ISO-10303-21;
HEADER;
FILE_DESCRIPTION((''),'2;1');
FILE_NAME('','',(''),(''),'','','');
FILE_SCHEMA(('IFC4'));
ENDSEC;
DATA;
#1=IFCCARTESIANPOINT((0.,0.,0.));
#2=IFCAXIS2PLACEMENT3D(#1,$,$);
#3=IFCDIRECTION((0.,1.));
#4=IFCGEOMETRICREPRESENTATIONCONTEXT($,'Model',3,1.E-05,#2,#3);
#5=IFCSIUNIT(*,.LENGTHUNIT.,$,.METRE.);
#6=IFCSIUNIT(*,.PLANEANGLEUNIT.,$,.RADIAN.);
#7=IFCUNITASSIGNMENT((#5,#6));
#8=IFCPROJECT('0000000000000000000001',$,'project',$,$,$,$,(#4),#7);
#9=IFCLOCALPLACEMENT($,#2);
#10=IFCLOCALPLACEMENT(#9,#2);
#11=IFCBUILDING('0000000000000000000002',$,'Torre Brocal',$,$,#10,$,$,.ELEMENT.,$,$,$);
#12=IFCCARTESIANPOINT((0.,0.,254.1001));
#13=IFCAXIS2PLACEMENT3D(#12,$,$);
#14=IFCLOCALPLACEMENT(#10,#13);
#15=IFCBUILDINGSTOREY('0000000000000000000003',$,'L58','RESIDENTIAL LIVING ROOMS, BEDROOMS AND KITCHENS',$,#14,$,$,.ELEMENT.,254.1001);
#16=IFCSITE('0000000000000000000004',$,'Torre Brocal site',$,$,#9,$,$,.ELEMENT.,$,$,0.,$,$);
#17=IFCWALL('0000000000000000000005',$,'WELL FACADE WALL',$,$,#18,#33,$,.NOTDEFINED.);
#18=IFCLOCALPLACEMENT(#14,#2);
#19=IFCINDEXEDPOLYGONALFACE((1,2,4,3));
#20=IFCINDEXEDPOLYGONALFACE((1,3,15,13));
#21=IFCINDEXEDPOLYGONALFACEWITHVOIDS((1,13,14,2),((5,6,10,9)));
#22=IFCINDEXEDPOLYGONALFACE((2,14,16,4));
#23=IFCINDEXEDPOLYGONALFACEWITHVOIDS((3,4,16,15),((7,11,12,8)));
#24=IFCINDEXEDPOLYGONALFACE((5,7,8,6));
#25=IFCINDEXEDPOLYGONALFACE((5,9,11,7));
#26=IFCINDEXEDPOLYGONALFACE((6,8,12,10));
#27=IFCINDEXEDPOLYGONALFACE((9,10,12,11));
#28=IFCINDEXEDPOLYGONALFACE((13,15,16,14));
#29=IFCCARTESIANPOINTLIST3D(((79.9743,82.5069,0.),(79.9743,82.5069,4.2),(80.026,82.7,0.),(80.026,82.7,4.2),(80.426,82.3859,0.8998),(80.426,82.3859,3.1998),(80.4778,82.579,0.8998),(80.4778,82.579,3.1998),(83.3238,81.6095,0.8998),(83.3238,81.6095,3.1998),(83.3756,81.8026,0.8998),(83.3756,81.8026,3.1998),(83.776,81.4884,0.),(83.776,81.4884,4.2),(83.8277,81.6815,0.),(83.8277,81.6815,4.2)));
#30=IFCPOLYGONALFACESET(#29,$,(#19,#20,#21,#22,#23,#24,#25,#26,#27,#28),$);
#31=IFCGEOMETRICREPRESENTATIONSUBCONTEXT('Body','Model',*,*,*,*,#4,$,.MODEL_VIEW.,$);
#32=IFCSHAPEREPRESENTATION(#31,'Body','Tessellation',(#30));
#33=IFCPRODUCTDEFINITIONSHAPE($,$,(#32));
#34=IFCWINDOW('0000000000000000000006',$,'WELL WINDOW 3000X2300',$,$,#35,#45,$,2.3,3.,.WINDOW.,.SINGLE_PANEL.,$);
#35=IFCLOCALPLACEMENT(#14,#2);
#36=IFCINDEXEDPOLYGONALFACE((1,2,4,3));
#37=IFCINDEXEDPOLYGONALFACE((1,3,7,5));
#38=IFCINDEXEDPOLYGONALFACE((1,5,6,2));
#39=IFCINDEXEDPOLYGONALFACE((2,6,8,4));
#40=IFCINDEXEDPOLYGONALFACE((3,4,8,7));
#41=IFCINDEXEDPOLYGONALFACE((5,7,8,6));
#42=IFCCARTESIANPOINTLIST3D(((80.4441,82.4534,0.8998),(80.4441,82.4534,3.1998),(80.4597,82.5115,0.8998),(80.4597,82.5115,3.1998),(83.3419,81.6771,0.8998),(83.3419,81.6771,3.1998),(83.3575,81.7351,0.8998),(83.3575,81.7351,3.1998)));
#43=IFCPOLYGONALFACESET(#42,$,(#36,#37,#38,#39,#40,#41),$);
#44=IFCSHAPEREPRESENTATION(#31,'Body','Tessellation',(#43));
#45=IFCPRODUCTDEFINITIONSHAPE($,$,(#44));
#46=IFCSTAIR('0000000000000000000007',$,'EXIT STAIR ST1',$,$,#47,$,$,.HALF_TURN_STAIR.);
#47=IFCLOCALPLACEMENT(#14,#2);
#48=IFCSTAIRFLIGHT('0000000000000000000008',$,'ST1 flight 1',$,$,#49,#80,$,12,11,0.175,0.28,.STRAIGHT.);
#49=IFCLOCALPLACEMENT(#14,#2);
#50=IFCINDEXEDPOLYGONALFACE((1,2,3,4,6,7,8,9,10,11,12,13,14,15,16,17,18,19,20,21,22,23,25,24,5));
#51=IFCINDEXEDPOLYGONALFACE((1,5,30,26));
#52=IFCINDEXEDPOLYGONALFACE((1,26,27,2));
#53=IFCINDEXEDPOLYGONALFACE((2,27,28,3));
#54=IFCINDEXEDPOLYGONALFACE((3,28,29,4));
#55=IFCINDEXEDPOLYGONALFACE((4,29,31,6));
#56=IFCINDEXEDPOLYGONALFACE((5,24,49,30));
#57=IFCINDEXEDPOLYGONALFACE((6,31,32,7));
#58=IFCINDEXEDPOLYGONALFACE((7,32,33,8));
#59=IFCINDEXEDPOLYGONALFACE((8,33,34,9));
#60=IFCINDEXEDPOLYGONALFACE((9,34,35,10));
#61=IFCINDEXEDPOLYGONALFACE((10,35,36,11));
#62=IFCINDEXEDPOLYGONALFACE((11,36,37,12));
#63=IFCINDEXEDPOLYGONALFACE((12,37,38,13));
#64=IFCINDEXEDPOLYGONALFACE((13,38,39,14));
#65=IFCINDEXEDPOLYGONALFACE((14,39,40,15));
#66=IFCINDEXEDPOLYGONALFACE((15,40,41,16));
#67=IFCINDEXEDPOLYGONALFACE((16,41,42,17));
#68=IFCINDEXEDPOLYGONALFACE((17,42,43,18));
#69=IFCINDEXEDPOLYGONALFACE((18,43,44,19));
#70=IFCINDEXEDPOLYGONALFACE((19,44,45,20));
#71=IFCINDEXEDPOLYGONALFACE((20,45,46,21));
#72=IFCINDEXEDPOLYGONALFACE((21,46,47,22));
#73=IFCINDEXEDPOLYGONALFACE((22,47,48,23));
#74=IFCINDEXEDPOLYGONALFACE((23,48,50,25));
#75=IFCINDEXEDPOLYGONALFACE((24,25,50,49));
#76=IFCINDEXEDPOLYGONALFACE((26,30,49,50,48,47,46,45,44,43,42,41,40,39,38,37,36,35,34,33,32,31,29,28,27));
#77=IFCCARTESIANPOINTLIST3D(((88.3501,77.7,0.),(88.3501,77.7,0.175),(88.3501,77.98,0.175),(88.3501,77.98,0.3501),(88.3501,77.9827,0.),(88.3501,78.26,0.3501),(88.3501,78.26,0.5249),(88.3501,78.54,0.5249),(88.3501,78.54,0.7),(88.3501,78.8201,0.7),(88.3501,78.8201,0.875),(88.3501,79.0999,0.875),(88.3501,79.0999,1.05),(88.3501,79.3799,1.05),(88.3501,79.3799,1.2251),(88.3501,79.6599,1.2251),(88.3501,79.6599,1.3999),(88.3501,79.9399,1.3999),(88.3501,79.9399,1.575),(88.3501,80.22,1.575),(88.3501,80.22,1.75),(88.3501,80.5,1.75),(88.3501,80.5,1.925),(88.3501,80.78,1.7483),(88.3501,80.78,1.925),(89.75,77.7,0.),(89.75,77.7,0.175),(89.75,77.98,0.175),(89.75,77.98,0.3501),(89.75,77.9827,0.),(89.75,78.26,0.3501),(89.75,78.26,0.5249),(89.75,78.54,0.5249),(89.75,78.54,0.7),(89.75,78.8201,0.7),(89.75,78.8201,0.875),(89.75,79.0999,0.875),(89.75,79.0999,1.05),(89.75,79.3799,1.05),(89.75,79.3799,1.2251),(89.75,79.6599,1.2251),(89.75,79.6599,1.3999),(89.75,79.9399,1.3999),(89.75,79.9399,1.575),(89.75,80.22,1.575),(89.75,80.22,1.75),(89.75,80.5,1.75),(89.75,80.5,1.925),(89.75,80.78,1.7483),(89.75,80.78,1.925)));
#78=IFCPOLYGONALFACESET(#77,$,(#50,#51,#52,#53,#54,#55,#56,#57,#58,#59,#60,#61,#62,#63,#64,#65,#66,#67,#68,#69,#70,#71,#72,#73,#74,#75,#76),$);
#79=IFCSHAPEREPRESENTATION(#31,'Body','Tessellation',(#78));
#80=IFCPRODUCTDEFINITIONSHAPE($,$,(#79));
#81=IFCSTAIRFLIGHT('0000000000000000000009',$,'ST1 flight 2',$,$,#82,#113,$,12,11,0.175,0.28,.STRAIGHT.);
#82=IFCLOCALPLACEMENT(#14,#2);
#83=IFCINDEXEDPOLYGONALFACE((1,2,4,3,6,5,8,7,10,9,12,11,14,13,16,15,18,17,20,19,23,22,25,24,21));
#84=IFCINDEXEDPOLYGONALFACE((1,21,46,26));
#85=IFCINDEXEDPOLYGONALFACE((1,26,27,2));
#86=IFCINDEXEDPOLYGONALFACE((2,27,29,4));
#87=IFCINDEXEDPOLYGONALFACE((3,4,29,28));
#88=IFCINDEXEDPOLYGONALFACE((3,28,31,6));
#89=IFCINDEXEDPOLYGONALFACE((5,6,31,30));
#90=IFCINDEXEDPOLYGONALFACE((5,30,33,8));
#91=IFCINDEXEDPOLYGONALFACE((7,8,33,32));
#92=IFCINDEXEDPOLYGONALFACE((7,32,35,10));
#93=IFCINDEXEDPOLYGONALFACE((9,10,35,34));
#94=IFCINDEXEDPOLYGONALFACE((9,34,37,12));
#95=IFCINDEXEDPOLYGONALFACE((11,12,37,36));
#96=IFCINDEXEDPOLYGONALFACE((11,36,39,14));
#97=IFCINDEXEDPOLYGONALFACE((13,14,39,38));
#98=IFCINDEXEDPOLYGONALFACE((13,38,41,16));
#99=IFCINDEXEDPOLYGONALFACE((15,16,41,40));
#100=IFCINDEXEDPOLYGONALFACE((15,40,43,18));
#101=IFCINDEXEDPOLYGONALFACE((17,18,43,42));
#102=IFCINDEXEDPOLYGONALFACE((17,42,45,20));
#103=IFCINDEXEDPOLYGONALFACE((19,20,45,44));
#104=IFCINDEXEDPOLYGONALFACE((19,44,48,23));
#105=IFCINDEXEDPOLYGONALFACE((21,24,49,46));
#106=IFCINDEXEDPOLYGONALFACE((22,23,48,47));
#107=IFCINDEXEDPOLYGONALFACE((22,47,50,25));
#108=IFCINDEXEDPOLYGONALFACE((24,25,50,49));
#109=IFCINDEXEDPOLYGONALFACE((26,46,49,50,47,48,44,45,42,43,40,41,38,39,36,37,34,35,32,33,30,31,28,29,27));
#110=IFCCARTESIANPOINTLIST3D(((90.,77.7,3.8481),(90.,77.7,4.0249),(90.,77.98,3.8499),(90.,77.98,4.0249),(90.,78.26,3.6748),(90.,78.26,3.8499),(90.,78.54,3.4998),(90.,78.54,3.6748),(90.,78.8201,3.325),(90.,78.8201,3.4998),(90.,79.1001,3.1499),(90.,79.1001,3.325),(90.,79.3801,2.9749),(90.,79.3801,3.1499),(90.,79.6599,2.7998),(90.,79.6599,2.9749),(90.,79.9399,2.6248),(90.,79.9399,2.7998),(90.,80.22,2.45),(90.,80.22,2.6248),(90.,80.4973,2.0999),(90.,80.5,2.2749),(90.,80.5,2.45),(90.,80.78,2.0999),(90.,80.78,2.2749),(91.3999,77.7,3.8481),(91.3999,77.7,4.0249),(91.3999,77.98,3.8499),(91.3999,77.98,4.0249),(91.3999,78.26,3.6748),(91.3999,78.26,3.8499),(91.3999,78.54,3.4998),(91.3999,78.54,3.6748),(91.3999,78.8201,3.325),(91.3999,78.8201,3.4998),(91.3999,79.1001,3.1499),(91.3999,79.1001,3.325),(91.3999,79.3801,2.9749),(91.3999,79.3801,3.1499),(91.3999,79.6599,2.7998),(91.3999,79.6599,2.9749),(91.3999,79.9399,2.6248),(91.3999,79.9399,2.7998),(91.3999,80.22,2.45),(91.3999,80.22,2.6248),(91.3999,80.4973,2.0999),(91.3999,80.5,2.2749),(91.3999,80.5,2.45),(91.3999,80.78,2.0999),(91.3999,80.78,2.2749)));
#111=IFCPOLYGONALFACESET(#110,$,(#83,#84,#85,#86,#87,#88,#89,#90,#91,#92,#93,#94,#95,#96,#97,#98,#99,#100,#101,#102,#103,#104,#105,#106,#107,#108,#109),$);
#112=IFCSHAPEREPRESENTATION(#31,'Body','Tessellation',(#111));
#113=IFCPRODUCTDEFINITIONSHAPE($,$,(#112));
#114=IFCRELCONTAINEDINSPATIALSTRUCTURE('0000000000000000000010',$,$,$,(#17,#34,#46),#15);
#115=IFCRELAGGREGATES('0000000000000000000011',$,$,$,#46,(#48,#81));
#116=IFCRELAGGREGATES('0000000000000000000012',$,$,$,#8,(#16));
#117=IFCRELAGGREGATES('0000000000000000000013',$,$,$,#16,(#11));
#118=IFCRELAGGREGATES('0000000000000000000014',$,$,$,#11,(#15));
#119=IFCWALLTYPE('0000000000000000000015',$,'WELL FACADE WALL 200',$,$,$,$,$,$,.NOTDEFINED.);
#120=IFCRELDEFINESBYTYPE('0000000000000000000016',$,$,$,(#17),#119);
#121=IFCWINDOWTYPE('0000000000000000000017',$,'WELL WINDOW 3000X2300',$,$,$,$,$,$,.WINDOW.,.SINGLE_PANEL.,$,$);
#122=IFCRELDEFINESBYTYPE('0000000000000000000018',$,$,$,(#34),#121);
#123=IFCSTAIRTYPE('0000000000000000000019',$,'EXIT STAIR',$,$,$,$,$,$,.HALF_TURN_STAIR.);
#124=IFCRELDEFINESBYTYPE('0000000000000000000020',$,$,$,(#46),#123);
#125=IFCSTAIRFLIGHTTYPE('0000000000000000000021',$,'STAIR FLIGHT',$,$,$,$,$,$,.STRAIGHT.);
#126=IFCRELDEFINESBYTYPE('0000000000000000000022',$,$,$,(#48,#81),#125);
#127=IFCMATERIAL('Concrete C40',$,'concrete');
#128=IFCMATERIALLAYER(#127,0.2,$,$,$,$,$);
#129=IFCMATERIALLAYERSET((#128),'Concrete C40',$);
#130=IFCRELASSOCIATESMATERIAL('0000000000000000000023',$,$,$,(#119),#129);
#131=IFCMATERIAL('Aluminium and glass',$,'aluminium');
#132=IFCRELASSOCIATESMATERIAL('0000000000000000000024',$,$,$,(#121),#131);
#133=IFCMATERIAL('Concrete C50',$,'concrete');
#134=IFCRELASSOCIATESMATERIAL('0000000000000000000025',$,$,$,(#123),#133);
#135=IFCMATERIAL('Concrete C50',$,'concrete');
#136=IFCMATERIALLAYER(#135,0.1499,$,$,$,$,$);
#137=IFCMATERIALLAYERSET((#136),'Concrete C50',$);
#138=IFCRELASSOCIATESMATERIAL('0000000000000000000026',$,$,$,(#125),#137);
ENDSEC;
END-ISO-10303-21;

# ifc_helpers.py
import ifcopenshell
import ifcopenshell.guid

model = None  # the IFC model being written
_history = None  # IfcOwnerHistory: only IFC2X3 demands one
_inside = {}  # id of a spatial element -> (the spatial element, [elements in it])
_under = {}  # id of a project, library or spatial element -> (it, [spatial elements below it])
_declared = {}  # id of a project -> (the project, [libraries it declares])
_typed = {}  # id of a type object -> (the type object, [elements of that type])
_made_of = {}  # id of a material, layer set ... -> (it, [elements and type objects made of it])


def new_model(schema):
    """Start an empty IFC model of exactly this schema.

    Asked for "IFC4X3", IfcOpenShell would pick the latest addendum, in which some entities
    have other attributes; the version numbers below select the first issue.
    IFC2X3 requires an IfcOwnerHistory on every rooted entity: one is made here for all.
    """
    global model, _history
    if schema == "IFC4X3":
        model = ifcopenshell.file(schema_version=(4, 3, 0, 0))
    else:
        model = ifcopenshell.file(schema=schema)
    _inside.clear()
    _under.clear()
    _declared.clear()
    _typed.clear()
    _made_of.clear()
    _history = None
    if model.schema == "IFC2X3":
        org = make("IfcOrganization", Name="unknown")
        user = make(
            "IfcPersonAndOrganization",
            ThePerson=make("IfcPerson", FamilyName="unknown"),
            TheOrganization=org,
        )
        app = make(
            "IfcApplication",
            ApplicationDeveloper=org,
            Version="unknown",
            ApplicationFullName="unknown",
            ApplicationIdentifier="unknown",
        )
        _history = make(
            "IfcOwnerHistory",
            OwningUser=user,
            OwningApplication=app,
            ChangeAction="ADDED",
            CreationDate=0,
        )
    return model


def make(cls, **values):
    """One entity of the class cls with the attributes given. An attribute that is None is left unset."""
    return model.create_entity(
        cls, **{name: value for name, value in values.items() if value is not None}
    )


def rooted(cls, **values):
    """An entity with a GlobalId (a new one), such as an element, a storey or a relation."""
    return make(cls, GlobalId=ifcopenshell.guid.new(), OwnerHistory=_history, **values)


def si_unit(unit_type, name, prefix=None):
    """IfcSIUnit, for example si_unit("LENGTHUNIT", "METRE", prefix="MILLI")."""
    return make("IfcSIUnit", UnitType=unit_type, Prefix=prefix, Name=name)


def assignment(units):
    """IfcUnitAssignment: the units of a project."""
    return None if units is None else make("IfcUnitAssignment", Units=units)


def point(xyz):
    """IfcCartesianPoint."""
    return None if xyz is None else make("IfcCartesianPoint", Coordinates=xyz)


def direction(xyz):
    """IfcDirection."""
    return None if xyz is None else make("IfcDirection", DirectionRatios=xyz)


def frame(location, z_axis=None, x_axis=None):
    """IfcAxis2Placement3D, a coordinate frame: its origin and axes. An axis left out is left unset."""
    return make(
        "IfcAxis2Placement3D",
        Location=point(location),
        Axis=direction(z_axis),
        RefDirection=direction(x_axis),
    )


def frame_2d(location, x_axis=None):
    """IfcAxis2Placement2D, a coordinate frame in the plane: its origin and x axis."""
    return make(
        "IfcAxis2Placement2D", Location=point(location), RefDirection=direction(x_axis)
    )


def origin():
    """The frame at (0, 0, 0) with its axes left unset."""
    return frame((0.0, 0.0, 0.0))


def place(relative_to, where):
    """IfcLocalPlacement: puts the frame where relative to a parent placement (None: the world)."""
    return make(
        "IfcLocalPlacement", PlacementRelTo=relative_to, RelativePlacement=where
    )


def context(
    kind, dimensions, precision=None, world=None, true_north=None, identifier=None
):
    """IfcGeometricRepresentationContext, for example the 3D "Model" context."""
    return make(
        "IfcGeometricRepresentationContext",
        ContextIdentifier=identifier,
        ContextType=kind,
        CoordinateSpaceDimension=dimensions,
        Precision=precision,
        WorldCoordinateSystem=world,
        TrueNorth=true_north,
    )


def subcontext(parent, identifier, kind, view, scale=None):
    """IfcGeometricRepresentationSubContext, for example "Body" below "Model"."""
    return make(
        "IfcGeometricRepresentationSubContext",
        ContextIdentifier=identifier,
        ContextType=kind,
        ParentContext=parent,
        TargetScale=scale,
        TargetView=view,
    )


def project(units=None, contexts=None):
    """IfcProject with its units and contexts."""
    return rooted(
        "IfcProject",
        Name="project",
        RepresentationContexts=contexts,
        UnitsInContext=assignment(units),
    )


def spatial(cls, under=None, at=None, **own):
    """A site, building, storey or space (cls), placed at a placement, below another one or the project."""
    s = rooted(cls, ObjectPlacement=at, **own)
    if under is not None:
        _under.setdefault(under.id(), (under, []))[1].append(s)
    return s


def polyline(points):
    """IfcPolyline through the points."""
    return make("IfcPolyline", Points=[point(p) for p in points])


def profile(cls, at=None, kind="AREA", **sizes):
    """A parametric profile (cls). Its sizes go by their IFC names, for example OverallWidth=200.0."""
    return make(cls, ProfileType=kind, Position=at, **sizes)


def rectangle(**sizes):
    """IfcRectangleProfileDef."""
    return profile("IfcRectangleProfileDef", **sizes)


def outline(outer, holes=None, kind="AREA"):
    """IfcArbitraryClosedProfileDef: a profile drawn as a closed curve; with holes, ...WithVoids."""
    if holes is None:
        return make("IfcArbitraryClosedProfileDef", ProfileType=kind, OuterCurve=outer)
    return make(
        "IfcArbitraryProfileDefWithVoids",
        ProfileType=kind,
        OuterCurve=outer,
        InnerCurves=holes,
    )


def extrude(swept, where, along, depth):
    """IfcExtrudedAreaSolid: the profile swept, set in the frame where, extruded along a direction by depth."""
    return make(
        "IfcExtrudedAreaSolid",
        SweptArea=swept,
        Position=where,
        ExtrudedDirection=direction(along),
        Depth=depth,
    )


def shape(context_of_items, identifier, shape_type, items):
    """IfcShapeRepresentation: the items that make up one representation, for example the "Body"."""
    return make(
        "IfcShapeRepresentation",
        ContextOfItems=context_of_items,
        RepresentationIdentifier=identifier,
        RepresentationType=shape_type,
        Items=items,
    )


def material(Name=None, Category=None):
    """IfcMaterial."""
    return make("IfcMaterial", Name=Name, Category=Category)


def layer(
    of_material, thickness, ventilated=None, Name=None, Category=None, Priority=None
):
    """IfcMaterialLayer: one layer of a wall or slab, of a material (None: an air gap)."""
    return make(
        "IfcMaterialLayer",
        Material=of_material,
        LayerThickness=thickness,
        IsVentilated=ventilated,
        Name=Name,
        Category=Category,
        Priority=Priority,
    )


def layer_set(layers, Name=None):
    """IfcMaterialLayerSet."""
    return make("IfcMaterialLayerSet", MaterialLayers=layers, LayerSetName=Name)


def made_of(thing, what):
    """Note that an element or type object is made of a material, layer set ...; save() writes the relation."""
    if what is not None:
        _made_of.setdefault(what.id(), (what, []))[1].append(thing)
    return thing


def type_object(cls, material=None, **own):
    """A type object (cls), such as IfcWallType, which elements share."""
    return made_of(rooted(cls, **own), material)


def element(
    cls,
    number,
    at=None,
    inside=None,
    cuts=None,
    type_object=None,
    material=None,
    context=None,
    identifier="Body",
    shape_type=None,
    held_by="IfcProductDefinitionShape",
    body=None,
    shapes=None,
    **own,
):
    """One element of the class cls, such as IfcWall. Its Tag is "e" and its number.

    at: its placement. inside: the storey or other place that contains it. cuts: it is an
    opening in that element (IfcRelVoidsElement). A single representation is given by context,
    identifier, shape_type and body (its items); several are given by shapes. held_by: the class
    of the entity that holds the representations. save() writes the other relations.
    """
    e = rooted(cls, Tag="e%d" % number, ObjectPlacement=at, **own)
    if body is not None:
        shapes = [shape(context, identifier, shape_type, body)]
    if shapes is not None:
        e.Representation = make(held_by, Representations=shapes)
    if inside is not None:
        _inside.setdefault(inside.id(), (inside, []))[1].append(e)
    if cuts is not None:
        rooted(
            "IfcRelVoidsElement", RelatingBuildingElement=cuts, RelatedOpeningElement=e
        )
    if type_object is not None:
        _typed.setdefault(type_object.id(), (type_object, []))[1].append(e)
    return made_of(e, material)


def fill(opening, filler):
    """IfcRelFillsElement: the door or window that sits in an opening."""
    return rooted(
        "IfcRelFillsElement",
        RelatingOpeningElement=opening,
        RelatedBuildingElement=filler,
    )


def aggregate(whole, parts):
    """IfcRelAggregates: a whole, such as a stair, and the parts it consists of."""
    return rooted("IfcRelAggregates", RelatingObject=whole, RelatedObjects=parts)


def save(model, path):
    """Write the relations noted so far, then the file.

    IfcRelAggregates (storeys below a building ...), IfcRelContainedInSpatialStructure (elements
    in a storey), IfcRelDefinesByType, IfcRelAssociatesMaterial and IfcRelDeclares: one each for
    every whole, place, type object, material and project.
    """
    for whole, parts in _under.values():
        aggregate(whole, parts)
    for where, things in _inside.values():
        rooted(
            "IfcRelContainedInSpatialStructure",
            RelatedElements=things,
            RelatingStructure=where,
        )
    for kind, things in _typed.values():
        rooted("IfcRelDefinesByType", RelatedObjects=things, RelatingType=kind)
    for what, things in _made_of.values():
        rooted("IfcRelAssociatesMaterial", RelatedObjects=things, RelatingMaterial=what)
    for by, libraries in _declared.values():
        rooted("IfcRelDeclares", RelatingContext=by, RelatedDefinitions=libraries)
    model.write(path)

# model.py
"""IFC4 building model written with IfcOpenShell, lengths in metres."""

from ifc_helpers import new_model, si_unit, direction, frame, frame_2d, origin, place, context, subcontext, project, spatial, polyline, rectangle, outline, extrude, material, layer, layer_set, type_object, element, fill, aggregate, save


model = new_model("IFC4")

# Units and contexts
model_context = context("Model", 3, precision=1e-05, world=origin(), true_north=direction((0.0, 1.0)))
body_context = subcontext(model_context, "Body", "Model", "MODEL_VIEW")
ifc_project = project(units=[si_unit("LENGTHUNIT", "METRE"), si_unit("PLANEANGLEUNIT", "RADIAN")], contexts=[model_context])

# Site, building, storey
site_placement = place(None, origin())
site = spatial("IfcSite", under=ifc_project, at=site_placement, Name="Torre Brocal site", CompositionType="ELEMENT", RefElevation=0.0)
building_placement = place(site_placement, origin())
building = spatial("IfcBuilding", under=site, at=building_placement, Name="Torre Brocal", CompositionType="ELEMENT")
storey_placement = place(building_placement, frame((0.0, 0.0, 254.1001)))
storey = spatial("IfcBuildingStorey", under=building, at=storey_placement, Name="L58", Description="RESIDENTIAL LIVING ROOMS, BEDROOMS AND KITCHENS", CompositionType="ELEMENT", Elevation=254.1001)

# Wall, opening, window
ifc_material_1 = material(Name="Concrete C40", Category="concrete")
ifc_layer_1 = layer(ifc_material_1, 0.2)
ifc_layer_set_1 = layer_set([ifc_layer_1], Name="Concrete C40")
wall_type_1 = type_object("IfcWallType", Name="WELL FACADE WALL 200", PredefinedType="NOTDEFINED", material=ifc_layer_set_1)
ifc_material_2 = material(Name="Aluminium and glass", Category="aluminium")
window_type = type_object("IfcWindowType", Name="WELL WINDOW 3000X2300", PartitioningType="SINGLE_PANEL", PredefinedType="WINDOW", material=ifc_material_2)
wall_1_placement = place(storey_placement, frame((83.8018, 81.585, 0.0), z_axis=(0.0, 0.0, 1.0), x_axis=(-0.965934, 0.25879, 0.0)))
wall_1 = element("IfcWall", 1, at=wall_1_placement, inside=storey, type_object=wall_type_1, Name="WELL FACADE WALL", PredefinedType="NOTDEFINED", context=body_context, shape_type="SweptSolid", body=[
    extrude(rectangle(XDim=3.9358, YDim=0.2, at=frame_2d((1.9678, 0.0))), origin(), (0.0, 0.0, 1.0), 4.2),
])
opening_1_placement = place(wall_1_placement, frame((0.468, 0.0, 0.8999)))
opening_1 = element("IfcOpeningElement", 2, at=opening_1_placement, cuts=wall_1, PredefinedType="OPENING", context=body_context, shape_type="SweptSolid", body=[
    extrude(rectangle(XDim=3.0, YDim=2.3, at=frame_2d((1.5, 1.1499))), frame((0.0, 0.1099, 0.0), z_axis=(0.0, -1.0, 0.0), x_axis=(1.0, 0.0, 0.0)), (0.0, 0.0, 1.0), 0.22),
])
window_1_placement = place(opening_1_placement, origin())
window_1 = element("IfcWindow", 3, at=window_1_placement, inside=storey, type_object=window_type, Name="WELL WINDOW 3000X2300", OverallHeight=2.3, OverallWidth=3.0, PartitioningType="SINGLE_PANEL", PredefinedType="WINDOW", context=body_context, shape_type="SweptSolid", body=[
    extrude(rectangle(XDim=3.0, YDim=2.3, at=frame_2d((1.5, 1.1499))), frame((0.0, 0.03, 0.0), z_axis=(0.0, -1.0, 0.0), x_axis=(1.0, 0.0, 0.0)), (0.0, 0.0, 1.0), 0.0601),
])
fill(opening_1, window_1)

# Stair, stair flights
ifc_material_3 = material(Name="Concrete C50", Category="concrete")
stair_type = type_object("IfcStairType", Name="EXIT STAIR", PredefinedType="HALF_TURN_STAIR", material=ifc_material_3)
stair_placement = place(storey_placement, origin())
stair = element("IfcStair", 4, at=stair_placement, inside=storey, type_object=stair_type, Name="EXIT STAIR ST1", PredefinedType="HALF_TURN_STAIR")
ifc_material_4 = material(Name="Concrete C50", Category="concrete")
ifc_layer_2 = layer(ifc_material_4, 0.1499)
ifc_layer_set_2 = layer_set([ifc_layer_2], Name="Concrete C50")
stair_flight_type = type_object("IfcStairFlightType", Name="STAIR FLIGHT", PredefinedType="STRAIGHT", material=ifc_layer_set_2)
stair_flight_1_placement = place(storey_placement, frame((89.05, 77.7, 0.0), z_axis=(0.0, 0.0, 1.0), x_axis=(0.0, 1.0, 0.0)))
stair_flight_1 = element("IfcStairFlight", 5, at=stair_flight_1_placement, type_object=stair_flight_type, Name="ST1 flight 1", NumberOfRisers=12, NumberOfTreads=11, PredefinedType="STRAIGHT", RiserHeight=0.175, TreadLength=0.28, context=body_context, shape_type="SweptSolid", body=[
    extrude(outline(polyline([(0.0, 0.0), (0.0, 0.175), (0.28, 0.175), (0.28, 0.3501), (0.5601, 0.3501), (0.5601, 0.5249), (0.8401, 0.5249), (0.8401, 0.7), (1.1201, 0.7), (1.1201, 0.875), (1.3999, 0.875), (1.3999, 1.05), (1.6799, 1.05), (1.6799, 1.2251), (1.96, 1.2251), (1.96, 1.3999), (2.24, 1.3999), (2.24, 1.575), (2.52, 1.575), (2.52, 1.75), (2.8, 1.75), (2.8, 1.925), (3.0801, 1.925), (3.0801, 2.1001), (3.0801, 1.7483), (0.2827, 0.0), (0.0, 0.0)])), frame((0.0, 0.7, 0.0), z_axis=(0.0, -1.0, 0.0), x_axis=(1.0, 0.0, 0.0)), (0.0, 0.0, 1.0), 1.3999),
])
stair_flight_2_placement = place(storey_placement, frame((90.7, 80.78, 2.0999), z_axis=(0.0, 0.0, 1.0), x_axis=(0.0, -1.0, 0.0)))
stair_flight_2 = element("IfcStairFlight", 6, at=stair_flight_2_placement, type_object=stair_flight_type, Name="ST1 flight 2", NumberOfRisers=12, NumberOfTreads=11, PredefinedType="STRAIGHT", RiserHeight=0.175, TreadLength=0.28, context=body_context, shape_type="SweptSolid", body=[
    extrude(outline(polyline([(0.0, 0.0), (0.0, 0.175), (0.28, 0.175), (0.28, 0.3501), (0.5601, 0.3501), (0.5601, 0.5249), (0.8401, 0.5249), (0.8401, 0.7), (1.1201, 0.7), (1.1201, 0.875), (1.3999, 0.875), (1.3999, 1.05), (1.6799, 1.05), (1.6799, 1.2251), (1.96, 1.2251), (1.96, 1.3999), (2.24, 1.3999), (2.24, 1.575), (2.52, 1.575), (2.52, 1.75), (2.8, 1.75), (2.8, 1.925), (3.0801, 1.925), (3.0801, 2.1001), (3.0801, 1.7483), (0.2827, 0.0), (0.0, 0.0)])), frame((0.0, 0.7, 0.0), z_axis=(0.0, -1.0, 0.0), x_axis=(1.0, 0.0, 0.0)), (0.0, 0.0, 1.0), 1.3999),
])
aggregate(stair, [stair_flight_1, stair_flight_2])

save(model, "model.ifc")
